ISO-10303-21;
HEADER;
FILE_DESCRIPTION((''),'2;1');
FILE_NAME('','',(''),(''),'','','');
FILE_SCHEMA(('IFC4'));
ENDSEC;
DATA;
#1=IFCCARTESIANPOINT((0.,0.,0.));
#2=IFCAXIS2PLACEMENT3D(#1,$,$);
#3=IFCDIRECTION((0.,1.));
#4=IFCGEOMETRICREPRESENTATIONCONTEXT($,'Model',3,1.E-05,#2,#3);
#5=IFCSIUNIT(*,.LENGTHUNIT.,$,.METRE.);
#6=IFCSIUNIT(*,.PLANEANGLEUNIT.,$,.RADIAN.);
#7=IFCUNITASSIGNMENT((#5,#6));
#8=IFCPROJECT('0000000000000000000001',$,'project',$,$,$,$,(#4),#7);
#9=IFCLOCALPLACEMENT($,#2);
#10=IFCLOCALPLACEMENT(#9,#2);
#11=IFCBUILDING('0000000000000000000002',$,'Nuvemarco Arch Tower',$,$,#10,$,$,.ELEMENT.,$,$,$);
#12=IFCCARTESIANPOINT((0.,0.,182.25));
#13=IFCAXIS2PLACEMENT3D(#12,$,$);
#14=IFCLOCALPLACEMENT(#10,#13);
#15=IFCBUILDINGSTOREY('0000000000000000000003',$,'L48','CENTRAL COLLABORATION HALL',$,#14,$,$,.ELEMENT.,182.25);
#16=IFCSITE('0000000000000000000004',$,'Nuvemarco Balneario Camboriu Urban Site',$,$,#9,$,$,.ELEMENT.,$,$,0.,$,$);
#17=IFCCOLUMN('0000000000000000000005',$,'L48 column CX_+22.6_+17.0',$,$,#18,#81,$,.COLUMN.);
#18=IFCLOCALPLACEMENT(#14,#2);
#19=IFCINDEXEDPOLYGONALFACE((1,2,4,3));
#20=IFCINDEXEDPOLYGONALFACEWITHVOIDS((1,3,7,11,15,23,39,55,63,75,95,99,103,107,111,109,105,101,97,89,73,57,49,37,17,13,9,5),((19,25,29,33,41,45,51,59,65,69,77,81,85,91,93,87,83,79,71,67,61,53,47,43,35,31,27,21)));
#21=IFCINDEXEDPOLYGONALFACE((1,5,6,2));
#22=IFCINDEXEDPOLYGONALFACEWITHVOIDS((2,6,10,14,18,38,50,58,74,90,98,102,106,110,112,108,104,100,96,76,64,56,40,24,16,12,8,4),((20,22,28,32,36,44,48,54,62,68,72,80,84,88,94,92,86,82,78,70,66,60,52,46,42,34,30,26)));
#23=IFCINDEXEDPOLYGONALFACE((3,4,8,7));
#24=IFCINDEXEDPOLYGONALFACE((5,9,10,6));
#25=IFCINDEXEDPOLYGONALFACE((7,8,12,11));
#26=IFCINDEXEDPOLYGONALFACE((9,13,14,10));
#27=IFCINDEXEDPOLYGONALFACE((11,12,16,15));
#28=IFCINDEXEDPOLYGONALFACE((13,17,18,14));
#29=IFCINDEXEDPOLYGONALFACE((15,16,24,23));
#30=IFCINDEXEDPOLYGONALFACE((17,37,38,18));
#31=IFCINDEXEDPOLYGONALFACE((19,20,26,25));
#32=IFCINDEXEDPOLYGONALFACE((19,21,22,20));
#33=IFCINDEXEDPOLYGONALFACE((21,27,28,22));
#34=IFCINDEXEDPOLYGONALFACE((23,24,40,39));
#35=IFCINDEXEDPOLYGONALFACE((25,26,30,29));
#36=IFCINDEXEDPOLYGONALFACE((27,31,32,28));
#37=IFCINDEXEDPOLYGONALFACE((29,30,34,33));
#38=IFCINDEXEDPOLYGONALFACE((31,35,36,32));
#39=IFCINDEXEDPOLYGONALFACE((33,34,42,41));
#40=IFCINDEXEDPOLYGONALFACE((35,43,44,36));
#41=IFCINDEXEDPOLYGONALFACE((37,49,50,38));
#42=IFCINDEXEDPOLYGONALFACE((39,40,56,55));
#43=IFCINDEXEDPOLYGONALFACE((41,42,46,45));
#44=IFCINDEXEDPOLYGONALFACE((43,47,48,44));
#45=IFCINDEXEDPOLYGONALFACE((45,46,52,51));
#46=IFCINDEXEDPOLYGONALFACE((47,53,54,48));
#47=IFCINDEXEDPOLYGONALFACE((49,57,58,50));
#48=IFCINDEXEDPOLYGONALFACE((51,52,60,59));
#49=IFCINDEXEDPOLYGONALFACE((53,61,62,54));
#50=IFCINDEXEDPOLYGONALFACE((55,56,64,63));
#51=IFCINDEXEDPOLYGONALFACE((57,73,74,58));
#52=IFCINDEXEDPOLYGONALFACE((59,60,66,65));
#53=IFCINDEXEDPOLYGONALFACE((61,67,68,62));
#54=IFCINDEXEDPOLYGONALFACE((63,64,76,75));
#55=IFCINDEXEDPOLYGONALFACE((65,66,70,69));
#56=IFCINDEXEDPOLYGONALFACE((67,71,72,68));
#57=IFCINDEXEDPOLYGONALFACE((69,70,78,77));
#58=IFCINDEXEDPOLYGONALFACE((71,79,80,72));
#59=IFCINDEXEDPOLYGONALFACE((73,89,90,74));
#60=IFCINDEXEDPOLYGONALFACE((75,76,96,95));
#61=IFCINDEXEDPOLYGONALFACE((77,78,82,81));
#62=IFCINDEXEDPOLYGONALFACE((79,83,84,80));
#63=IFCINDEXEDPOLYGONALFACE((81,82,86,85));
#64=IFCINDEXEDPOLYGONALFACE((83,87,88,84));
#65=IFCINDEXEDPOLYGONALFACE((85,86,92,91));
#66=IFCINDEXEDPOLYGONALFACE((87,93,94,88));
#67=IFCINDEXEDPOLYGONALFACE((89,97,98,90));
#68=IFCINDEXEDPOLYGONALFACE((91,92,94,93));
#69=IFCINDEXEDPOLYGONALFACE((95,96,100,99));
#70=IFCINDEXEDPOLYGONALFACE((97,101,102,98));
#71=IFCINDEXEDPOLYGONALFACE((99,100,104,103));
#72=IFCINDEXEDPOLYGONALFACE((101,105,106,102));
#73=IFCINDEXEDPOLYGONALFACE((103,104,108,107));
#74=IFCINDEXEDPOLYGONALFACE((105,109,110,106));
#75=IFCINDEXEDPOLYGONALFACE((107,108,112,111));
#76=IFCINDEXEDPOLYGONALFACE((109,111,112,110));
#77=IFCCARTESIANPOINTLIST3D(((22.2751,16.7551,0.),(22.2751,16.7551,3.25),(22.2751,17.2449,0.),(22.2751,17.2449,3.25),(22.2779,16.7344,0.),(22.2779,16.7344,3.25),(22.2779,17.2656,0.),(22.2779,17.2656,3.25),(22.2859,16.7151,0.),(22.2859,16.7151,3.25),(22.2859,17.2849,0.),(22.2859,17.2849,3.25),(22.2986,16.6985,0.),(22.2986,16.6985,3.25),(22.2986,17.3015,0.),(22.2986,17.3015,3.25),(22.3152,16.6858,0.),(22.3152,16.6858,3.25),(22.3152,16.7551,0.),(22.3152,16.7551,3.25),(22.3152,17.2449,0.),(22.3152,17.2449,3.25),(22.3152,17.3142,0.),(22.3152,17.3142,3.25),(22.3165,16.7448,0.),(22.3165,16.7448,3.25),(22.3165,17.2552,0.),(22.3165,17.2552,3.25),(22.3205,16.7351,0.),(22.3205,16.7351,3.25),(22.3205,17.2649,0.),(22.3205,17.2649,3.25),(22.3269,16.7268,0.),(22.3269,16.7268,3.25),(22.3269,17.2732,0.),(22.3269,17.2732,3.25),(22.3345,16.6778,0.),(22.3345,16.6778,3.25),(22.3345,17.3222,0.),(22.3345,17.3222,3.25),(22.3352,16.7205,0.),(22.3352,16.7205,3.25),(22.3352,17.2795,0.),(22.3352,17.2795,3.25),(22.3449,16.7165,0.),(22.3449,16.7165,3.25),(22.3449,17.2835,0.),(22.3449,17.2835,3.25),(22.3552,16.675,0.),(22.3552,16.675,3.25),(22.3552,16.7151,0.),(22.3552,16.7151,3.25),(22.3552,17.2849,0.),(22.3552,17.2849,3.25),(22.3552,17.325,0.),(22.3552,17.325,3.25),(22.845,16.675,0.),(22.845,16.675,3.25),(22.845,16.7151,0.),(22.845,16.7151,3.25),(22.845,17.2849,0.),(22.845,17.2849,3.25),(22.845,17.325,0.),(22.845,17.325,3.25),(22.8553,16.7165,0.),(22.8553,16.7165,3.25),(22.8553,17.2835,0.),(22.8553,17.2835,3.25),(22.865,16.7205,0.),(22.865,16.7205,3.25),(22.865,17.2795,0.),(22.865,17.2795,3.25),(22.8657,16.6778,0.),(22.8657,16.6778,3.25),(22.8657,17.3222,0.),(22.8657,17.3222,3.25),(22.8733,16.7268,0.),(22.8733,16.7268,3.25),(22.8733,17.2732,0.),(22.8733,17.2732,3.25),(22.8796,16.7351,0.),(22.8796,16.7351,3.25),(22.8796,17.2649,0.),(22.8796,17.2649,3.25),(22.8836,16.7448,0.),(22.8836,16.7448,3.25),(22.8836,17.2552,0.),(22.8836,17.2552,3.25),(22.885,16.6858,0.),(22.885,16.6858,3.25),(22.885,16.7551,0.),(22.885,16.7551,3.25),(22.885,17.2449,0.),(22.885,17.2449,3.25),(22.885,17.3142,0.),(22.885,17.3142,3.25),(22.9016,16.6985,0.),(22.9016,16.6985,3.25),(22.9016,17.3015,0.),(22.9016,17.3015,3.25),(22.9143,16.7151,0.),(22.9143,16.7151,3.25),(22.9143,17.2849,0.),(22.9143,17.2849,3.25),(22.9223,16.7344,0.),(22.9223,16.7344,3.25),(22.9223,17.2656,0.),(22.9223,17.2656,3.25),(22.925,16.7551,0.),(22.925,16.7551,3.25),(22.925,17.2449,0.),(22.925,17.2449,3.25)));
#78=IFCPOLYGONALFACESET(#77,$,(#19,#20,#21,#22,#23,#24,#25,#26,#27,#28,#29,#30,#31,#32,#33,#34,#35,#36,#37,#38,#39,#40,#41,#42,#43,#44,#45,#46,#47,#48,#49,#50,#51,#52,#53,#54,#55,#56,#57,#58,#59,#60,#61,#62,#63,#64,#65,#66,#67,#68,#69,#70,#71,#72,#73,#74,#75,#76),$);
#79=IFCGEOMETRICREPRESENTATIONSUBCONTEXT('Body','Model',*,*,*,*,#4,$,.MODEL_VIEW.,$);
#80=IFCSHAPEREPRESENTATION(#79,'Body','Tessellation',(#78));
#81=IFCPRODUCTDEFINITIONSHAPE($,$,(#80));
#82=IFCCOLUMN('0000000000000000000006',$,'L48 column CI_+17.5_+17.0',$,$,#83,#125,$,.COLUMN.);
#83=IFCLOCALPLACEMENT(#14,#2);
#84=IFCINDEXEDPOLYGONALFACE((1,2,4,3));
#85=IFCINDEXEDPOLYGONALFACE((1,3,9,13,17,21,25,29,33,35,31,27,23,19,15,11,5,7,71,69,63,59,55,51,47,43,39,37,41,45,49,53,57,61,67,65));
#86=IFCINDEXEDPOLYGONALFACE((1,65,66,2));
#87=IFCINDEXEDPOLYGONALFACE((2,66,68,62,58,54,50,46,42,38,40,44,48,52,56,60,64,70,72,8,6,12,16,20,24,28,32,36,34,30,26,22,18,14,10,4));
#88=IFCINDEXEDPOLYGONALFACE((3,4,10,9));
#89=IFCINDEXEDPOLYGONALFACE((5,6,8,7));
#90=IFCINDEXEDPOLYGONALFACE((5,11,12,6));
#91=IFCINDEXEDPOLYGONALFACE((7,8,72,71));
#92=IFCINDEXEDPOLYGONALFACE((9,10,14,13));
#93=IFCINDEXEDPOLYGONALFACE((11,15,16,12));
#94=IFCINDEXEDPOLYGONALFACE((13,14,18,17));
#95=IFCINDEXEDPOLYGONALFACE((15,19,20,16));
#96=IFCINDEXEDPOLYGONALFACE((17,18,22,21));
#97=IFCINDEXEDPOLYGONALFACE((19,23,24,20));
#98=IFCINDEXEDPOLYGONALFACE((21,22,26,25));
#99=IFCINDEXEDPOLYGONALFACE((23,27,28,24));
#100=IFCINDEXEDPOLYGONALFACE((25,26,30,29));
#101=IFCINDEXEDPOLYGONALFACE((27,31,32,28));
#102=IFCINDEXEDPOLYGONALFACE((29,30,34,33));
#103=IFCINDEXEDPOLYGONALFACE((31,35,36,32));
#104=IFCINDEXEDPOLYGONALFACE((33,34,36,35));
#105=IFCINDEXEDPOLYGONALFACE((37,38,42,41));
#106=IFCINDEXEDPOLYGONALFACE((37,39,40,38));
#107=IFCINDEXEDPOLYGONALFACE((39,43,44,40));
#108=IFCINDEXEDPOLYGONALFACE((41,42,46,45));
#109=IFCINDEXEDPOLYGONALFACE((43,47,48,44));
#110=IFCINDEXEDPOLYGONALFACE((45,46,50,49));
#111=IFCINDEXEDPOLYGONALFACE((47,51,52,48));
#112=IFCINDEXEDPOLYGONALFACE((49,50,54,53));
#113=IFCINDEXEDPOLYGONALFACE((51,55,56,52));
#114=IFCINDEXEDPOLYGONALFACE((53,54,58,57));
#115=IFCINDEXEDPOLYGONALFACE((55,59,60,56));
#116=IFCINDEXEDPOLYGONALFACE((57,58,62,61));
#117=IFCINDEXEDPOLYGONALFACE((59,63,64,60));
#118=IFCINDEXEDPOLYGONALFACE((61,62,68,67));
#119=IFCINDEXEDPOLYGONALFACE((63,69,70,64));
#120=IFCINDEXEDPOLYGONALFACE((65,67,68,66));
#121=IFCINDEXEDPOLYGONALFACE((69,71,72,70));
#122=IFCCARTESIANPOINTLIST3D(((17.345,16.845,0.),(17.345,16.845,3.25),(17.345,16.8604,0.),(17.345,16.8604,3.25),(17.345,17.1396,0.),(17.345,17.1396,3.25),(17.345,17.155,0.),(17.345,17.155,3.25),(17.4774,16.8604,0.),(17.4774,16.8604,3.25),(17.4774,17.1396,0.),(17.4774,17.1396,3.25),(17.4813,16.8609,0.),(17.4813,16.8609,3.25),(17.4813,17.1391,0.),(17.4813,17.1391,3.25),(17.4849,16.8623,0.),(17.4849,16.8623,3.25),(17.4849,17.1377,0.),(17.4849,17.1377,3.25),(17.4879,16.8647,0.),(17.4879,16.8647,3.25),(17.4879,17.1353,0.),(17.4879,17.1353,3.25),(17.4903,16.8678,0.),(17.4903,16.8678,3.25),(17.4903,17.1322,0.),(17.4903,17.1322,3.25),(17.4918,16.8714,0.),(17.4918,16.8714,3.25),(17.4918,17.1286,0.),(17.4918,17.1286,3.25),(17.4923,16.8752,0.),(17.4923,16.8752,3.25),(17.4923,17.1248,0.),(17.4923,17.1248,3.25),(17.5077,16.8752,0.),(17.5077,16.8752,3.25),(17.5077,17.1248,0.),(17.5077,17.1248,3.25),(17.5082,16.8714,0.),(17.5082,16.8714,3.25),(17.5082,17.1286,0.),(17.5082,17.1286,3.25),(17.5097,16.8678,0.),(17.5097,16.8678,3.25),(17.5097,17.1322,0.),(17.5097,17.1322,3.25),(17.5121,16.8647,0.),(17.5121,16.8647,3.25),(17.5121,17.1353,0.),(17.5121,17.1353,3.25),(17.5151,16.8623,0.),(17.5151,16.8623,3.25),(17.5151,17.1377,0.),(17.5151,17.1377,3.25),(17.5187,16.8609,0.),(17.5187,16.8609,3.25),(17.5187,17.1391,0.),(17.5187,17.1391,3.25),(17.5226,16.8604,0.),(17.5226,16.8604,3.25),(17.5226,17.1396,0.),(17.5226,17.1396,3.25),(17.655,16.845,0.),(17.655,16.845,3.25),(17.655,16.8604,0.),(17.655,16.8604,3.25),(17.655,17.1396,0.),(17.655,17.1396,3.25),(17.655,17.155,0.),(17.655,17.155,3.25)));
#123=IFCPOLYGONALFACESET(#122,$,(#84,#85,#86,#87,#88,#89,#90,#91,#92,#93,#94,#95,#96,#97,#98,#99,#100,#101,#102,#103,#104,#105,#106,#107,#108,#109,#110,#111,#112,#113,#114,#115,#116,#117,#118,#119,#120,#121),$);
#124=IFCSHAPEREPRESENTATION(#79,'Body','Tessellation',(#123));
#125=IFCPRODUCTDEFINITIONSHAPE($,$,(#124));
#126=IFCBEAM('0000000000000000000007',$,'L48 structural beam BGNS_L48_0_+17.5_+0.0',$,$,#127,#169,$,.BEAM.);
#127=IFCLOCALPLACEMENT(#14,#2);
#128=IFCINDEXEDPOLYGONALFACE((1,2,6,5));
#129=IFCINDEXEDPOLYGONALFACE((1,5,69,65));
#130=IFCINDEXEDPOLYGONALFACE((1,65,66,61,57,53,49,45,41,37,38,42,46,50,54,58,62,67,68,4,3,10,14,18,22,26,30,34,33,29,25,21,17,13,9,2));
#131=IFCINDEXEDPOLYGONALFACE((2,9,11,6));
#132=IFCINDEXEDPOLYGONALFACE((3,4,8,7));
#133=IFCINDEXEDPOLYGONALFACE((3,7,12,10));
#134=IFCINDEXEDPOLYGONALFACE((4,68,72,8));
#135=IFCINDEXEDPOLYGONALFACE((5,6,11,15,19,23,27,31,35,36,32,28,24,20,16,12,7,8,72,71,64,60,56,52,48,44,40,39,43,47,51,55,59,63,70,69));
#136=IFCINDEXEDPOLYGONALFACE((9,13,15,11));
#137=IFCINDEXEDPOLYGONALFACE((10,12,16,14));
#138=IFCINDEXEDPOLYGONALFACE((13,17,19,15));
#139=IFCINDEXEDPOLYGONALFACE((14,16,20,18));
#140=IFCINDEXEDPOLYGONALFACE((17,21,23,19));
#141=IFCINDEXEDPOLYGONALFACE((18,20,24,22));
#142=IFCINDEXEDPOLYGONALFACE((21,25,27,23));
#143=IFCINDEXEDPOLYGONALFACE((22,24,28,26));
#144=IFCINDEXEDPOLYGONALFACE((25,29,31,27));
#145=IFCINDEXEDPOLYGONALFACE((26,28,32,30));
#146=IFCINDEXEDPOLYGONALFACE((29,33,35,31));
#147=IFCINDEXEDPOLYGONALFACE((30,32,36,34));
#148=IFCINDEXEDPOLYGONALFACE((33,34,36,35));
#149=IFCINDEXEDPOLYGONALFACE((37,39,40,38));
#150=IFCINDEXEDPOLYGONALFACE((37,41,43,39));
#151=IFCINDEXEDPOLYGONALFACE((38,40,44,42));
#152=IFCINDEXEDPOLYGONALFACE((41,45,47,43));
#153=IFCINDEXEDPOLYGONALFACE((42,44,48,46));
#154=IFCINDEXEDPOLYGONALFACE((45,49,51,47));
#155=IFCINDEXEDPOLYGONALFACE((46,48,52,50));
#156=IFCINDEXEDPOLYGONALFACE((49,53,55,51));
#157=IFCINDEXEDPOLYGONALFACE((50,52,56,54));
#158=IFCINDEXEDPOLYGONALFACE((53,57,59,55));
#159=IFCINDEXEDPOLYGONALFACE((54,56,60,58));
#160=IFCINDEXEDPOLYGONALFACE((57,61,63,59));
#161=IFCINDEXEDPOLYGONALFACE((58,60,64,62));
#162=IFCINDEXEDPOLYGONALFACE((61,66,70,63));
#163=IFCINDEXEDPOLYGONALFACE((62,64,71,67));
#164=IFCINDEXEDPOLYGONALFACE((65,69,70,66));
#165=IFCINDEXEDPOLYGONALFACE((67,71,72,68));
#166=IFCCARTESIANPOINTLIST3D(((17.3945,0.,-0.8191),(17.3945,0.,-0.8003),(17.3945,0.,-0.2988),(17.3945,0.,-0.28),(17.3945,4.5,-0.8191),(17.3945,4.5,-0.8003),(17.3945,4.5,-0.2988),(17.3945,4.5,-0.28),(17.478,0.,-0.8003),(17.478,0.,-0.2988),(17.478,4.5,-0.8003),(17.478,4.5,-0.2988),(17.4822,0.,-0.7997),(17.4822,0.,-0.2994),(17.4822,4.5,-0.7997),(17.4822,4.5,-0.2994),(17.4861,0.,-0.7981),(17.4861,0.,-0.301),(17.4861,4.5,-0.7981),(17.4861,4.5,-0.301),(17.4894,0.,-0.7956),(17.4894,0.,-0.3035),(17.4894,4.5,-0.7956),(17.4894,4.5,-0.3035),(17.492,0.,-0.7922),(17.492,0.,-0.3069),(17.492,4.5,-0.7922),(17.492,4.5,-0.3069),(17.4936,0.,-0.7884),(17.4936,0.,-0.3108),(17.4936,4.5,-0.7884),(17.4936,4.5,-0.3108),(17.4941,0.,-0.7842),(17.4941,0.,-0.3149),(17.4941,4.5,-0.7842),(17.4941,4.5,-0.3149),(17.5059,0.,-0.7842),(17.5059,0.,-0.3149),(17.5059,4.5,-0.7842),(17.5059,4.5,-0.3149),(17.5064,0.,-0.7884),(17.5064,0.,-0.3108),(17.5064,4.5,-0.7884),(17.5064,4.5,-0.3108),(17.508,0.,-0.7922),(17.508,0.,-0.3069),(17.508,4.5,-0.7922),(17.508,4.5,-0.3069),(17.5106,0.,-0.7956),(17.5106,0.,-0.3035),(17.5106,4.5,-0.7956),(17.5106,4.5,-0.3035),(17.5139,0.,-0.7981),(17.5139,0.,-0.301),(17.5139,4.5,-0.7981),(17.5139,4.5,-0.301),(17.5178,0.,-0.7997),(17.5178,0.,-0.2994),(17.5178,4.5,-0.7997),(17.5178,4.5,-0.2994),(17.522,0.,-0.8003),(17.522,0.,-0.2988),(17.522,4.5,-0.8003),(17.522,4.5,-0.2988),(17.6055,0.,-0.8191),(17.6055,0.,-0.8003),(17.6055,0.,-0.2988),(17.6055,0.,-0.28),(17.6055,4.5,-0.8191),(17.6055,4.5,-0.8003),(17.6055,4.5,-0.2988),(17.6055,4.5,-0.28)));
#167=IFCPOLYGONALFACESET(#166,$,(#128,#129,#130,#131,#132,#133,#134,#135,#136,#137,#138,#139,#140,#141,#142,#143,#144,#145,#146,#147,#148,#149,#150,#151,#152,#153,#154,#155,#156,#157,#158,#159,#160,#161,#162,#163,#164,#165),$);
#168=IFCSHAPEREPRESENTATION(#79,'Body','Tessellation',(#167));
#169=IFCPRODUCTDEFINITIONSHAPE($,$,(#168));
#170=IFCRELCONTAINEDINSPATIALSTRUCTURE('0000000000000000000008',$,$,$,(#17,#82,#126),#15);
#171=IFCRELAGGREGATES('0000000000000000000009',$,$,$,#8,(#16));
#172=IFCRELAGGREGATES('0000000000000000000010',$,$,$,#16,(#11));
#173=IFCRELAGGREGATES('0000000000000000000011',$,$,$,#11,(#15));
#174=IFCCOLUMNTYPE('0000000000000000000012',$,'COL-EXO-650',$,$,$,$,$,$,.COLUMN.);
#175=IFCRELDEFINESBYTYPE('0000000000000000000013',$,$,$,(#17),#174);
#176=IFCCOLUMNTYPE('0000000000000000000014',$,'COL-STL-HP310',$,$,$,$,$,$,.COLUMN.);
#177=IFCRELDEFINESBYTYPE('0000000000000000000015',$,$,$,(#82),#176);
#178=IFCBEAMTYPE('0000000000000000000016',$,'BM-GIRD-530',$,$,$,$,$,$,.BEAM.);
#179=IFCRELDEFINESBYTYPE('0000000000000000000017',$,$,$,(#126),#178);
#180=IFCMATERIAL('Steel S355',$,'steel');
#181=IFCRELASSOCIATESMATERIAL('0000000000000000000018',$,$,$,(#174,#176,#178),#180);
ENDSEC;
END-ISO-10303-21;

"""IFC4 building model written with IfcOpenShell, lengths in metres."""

from ifc_helpers import new_model, si_unit, direction, frame, origin, origin_2d, place, context, subcontext, project, spatial, hollow_rectangle, i_section, extrude, material, material_profile, profile_set, type_object, element, save


model = new_model("IFC4")

# Units and contexts
model_context = context("Model", 3, precision=1e-05, world=origin(), true_north=direction((0.0, 1.0)))
body_context = subcontext(model_context, "Body", "Model", "MODEL_VIEW")
ifc_project = project(units=[si_unit("LENGTHUNIT", "METRE"), si_unit("PLANEANGLEUNIT", "RADIAN")], contexts=[model_context])

# Site, building, storey
site_placement = place(None, origin())
site = spatial("IfcSite", under=ifc_project, at=site_placement, Name="Nuvemarco Balneario Camboriu Urban Site", CompositionType="ELEMENT", RefElevation=0.0)
building_placement = place(site_placement, origin())
building = spatial("IfcBuilding", under=site, at=building_placement, Name="Nuvemarco Arch Tower", CompositionType="ELEMENT")
storey_placement = place(building_placement, frame((0.0, 0.0, 182.25)))
storey = spatial("IfcBuildingStorey", under=building, at=storey_placement, Name="L48", Description="CENTRAL COLLABORATION HALL", CompositionType="ELEMENT", Elevation=182.25)

# Columns
ifc_material_1 = material(Name="Steel S355", Category="steel")
ifc_material_profile_1 = material_profile(ifc_material_1, hollow_rectangle(XDim=0.6499, YDim=0.6499, WallThickness=0.04, InnerFilletRadius=0.04, OuterFilletRadius=0.0801, at=origin_2d()), Name="SHS650x650x40")
ifc_profile_set_1 = profile_set([ifc_material_profile_1], Name="Steel S355")
column_type_1 = type_object("IfcColumnType", Name="COL-EXO-650", PredefinedType="COLUMN", material=ifc_profile_set_1)
for number, where, z_axis, x_axis, name in (
    (1, (22.6001, 17.0, 0.0), (0.0, 0.0, 1.0), (1.0, 0.0, 0.0), "L48 column CX_+22.6_+17.0"),
):
    element("IfcColumn", number, at=place(storey_placement, frame(where, z_axis=z_axis, x_axis=x_axis)), inside=storey, type_object=column_type_1, Name=name, PredefinedType="COLUMN", context=body_context, shape_type="SweptSolid", body=[
        extrude(hollow_rectangle(XDim=0.6499, YDim=0.6499, WallThickness=0.04, InnerFilletRadius=0.04, OuterFilletRadius=0.0801, at=origin_2d()), origin(), (0.0, 0.0, 1.0), 3.25),
    ])
ifc_material_profile_2 = material_profile(ifc_material_1, i_section(OverallWidth=0.3101, OverallDepth=0.3101, WebThickness=0.0154, FlangeThickness=0.0154, FilletRadius=0.0149, at=origin_2d()), Name="HP310x110")
ifc_profile_set_2 = profile_set([ifc_material_profile_2], Name="Steel S355")
column_type_2 = type_object("IfcColumnType", Name="COL-STL-HP310", PredefinedType="COLUMN", material=ifc_profile_set_2)
column_placement = place(storey_placement, frame((17.5, 17.0, 0.0), z_axis=(0.0, 0.0, 1.0), x_axis=(1.0, 0.0, 0.0)))
element("IfcColumn", 2, at=column_placement, inside=storey, type_object=column_type_2, Name="L48 column CI_+17.5_+17.0", PredefinedType="COLUMN", context=body_context, shape_type="SweptSolid", body=[
    extrude(i_section(OverallWidth=0.3101, OverallDepth=0.3101, WebThickness=0.0154, FlangeThickness=0.0154, FilletRadius=0.0149, at=origin_2d()), origin(), (0.0, 0.0, 1.0), 3.25),
])

# Beam
ifc_material_profile_3 = material_profile(ifc_material_1, i_section(OverallWidth=0.2109, OverallDepth=0.5391, WebThickness=0.0117, FlangeThickness=0.0188, FilletRadius=0.0161, at=origin_2d()), Name="W530x109")
ifc_profile_set_3 = profile_set([ifc_material_profile_3], Name="Steel S355")
beam_type_1 = type_object("IfcBeamType", Name="BM-GIRD-530", PredefinedType="BEAM", material=ifc_profile_set_3)
beam_1_placement = place(storey_placement, frame((17.5, 0.0, -0.5496), z_axis=(0.0, 1.0, 0.0), x_axis=(-1.0, 0.0, 0.0)))
element("IfcBeam", 3, at=beam_1_placement, inside=storey, type_object=beam_type_1, Name="L48 structural beam BGNS_L48_0_+17.5_+0.0", PredefinedType="BEAM", context=body_context, shape_type="SweptSolid", body=[
    extrude(i_section(OverallWidth=0.2109, OverallDepth=0.5391, WebThickness=0.0117, FlangeThickness=0.0188, FilletRadius=0.0161, at=origin_2d()), origin(), (0.0, 0.0, 1.0), 4.5),
])

save(model, "model.ifc")
